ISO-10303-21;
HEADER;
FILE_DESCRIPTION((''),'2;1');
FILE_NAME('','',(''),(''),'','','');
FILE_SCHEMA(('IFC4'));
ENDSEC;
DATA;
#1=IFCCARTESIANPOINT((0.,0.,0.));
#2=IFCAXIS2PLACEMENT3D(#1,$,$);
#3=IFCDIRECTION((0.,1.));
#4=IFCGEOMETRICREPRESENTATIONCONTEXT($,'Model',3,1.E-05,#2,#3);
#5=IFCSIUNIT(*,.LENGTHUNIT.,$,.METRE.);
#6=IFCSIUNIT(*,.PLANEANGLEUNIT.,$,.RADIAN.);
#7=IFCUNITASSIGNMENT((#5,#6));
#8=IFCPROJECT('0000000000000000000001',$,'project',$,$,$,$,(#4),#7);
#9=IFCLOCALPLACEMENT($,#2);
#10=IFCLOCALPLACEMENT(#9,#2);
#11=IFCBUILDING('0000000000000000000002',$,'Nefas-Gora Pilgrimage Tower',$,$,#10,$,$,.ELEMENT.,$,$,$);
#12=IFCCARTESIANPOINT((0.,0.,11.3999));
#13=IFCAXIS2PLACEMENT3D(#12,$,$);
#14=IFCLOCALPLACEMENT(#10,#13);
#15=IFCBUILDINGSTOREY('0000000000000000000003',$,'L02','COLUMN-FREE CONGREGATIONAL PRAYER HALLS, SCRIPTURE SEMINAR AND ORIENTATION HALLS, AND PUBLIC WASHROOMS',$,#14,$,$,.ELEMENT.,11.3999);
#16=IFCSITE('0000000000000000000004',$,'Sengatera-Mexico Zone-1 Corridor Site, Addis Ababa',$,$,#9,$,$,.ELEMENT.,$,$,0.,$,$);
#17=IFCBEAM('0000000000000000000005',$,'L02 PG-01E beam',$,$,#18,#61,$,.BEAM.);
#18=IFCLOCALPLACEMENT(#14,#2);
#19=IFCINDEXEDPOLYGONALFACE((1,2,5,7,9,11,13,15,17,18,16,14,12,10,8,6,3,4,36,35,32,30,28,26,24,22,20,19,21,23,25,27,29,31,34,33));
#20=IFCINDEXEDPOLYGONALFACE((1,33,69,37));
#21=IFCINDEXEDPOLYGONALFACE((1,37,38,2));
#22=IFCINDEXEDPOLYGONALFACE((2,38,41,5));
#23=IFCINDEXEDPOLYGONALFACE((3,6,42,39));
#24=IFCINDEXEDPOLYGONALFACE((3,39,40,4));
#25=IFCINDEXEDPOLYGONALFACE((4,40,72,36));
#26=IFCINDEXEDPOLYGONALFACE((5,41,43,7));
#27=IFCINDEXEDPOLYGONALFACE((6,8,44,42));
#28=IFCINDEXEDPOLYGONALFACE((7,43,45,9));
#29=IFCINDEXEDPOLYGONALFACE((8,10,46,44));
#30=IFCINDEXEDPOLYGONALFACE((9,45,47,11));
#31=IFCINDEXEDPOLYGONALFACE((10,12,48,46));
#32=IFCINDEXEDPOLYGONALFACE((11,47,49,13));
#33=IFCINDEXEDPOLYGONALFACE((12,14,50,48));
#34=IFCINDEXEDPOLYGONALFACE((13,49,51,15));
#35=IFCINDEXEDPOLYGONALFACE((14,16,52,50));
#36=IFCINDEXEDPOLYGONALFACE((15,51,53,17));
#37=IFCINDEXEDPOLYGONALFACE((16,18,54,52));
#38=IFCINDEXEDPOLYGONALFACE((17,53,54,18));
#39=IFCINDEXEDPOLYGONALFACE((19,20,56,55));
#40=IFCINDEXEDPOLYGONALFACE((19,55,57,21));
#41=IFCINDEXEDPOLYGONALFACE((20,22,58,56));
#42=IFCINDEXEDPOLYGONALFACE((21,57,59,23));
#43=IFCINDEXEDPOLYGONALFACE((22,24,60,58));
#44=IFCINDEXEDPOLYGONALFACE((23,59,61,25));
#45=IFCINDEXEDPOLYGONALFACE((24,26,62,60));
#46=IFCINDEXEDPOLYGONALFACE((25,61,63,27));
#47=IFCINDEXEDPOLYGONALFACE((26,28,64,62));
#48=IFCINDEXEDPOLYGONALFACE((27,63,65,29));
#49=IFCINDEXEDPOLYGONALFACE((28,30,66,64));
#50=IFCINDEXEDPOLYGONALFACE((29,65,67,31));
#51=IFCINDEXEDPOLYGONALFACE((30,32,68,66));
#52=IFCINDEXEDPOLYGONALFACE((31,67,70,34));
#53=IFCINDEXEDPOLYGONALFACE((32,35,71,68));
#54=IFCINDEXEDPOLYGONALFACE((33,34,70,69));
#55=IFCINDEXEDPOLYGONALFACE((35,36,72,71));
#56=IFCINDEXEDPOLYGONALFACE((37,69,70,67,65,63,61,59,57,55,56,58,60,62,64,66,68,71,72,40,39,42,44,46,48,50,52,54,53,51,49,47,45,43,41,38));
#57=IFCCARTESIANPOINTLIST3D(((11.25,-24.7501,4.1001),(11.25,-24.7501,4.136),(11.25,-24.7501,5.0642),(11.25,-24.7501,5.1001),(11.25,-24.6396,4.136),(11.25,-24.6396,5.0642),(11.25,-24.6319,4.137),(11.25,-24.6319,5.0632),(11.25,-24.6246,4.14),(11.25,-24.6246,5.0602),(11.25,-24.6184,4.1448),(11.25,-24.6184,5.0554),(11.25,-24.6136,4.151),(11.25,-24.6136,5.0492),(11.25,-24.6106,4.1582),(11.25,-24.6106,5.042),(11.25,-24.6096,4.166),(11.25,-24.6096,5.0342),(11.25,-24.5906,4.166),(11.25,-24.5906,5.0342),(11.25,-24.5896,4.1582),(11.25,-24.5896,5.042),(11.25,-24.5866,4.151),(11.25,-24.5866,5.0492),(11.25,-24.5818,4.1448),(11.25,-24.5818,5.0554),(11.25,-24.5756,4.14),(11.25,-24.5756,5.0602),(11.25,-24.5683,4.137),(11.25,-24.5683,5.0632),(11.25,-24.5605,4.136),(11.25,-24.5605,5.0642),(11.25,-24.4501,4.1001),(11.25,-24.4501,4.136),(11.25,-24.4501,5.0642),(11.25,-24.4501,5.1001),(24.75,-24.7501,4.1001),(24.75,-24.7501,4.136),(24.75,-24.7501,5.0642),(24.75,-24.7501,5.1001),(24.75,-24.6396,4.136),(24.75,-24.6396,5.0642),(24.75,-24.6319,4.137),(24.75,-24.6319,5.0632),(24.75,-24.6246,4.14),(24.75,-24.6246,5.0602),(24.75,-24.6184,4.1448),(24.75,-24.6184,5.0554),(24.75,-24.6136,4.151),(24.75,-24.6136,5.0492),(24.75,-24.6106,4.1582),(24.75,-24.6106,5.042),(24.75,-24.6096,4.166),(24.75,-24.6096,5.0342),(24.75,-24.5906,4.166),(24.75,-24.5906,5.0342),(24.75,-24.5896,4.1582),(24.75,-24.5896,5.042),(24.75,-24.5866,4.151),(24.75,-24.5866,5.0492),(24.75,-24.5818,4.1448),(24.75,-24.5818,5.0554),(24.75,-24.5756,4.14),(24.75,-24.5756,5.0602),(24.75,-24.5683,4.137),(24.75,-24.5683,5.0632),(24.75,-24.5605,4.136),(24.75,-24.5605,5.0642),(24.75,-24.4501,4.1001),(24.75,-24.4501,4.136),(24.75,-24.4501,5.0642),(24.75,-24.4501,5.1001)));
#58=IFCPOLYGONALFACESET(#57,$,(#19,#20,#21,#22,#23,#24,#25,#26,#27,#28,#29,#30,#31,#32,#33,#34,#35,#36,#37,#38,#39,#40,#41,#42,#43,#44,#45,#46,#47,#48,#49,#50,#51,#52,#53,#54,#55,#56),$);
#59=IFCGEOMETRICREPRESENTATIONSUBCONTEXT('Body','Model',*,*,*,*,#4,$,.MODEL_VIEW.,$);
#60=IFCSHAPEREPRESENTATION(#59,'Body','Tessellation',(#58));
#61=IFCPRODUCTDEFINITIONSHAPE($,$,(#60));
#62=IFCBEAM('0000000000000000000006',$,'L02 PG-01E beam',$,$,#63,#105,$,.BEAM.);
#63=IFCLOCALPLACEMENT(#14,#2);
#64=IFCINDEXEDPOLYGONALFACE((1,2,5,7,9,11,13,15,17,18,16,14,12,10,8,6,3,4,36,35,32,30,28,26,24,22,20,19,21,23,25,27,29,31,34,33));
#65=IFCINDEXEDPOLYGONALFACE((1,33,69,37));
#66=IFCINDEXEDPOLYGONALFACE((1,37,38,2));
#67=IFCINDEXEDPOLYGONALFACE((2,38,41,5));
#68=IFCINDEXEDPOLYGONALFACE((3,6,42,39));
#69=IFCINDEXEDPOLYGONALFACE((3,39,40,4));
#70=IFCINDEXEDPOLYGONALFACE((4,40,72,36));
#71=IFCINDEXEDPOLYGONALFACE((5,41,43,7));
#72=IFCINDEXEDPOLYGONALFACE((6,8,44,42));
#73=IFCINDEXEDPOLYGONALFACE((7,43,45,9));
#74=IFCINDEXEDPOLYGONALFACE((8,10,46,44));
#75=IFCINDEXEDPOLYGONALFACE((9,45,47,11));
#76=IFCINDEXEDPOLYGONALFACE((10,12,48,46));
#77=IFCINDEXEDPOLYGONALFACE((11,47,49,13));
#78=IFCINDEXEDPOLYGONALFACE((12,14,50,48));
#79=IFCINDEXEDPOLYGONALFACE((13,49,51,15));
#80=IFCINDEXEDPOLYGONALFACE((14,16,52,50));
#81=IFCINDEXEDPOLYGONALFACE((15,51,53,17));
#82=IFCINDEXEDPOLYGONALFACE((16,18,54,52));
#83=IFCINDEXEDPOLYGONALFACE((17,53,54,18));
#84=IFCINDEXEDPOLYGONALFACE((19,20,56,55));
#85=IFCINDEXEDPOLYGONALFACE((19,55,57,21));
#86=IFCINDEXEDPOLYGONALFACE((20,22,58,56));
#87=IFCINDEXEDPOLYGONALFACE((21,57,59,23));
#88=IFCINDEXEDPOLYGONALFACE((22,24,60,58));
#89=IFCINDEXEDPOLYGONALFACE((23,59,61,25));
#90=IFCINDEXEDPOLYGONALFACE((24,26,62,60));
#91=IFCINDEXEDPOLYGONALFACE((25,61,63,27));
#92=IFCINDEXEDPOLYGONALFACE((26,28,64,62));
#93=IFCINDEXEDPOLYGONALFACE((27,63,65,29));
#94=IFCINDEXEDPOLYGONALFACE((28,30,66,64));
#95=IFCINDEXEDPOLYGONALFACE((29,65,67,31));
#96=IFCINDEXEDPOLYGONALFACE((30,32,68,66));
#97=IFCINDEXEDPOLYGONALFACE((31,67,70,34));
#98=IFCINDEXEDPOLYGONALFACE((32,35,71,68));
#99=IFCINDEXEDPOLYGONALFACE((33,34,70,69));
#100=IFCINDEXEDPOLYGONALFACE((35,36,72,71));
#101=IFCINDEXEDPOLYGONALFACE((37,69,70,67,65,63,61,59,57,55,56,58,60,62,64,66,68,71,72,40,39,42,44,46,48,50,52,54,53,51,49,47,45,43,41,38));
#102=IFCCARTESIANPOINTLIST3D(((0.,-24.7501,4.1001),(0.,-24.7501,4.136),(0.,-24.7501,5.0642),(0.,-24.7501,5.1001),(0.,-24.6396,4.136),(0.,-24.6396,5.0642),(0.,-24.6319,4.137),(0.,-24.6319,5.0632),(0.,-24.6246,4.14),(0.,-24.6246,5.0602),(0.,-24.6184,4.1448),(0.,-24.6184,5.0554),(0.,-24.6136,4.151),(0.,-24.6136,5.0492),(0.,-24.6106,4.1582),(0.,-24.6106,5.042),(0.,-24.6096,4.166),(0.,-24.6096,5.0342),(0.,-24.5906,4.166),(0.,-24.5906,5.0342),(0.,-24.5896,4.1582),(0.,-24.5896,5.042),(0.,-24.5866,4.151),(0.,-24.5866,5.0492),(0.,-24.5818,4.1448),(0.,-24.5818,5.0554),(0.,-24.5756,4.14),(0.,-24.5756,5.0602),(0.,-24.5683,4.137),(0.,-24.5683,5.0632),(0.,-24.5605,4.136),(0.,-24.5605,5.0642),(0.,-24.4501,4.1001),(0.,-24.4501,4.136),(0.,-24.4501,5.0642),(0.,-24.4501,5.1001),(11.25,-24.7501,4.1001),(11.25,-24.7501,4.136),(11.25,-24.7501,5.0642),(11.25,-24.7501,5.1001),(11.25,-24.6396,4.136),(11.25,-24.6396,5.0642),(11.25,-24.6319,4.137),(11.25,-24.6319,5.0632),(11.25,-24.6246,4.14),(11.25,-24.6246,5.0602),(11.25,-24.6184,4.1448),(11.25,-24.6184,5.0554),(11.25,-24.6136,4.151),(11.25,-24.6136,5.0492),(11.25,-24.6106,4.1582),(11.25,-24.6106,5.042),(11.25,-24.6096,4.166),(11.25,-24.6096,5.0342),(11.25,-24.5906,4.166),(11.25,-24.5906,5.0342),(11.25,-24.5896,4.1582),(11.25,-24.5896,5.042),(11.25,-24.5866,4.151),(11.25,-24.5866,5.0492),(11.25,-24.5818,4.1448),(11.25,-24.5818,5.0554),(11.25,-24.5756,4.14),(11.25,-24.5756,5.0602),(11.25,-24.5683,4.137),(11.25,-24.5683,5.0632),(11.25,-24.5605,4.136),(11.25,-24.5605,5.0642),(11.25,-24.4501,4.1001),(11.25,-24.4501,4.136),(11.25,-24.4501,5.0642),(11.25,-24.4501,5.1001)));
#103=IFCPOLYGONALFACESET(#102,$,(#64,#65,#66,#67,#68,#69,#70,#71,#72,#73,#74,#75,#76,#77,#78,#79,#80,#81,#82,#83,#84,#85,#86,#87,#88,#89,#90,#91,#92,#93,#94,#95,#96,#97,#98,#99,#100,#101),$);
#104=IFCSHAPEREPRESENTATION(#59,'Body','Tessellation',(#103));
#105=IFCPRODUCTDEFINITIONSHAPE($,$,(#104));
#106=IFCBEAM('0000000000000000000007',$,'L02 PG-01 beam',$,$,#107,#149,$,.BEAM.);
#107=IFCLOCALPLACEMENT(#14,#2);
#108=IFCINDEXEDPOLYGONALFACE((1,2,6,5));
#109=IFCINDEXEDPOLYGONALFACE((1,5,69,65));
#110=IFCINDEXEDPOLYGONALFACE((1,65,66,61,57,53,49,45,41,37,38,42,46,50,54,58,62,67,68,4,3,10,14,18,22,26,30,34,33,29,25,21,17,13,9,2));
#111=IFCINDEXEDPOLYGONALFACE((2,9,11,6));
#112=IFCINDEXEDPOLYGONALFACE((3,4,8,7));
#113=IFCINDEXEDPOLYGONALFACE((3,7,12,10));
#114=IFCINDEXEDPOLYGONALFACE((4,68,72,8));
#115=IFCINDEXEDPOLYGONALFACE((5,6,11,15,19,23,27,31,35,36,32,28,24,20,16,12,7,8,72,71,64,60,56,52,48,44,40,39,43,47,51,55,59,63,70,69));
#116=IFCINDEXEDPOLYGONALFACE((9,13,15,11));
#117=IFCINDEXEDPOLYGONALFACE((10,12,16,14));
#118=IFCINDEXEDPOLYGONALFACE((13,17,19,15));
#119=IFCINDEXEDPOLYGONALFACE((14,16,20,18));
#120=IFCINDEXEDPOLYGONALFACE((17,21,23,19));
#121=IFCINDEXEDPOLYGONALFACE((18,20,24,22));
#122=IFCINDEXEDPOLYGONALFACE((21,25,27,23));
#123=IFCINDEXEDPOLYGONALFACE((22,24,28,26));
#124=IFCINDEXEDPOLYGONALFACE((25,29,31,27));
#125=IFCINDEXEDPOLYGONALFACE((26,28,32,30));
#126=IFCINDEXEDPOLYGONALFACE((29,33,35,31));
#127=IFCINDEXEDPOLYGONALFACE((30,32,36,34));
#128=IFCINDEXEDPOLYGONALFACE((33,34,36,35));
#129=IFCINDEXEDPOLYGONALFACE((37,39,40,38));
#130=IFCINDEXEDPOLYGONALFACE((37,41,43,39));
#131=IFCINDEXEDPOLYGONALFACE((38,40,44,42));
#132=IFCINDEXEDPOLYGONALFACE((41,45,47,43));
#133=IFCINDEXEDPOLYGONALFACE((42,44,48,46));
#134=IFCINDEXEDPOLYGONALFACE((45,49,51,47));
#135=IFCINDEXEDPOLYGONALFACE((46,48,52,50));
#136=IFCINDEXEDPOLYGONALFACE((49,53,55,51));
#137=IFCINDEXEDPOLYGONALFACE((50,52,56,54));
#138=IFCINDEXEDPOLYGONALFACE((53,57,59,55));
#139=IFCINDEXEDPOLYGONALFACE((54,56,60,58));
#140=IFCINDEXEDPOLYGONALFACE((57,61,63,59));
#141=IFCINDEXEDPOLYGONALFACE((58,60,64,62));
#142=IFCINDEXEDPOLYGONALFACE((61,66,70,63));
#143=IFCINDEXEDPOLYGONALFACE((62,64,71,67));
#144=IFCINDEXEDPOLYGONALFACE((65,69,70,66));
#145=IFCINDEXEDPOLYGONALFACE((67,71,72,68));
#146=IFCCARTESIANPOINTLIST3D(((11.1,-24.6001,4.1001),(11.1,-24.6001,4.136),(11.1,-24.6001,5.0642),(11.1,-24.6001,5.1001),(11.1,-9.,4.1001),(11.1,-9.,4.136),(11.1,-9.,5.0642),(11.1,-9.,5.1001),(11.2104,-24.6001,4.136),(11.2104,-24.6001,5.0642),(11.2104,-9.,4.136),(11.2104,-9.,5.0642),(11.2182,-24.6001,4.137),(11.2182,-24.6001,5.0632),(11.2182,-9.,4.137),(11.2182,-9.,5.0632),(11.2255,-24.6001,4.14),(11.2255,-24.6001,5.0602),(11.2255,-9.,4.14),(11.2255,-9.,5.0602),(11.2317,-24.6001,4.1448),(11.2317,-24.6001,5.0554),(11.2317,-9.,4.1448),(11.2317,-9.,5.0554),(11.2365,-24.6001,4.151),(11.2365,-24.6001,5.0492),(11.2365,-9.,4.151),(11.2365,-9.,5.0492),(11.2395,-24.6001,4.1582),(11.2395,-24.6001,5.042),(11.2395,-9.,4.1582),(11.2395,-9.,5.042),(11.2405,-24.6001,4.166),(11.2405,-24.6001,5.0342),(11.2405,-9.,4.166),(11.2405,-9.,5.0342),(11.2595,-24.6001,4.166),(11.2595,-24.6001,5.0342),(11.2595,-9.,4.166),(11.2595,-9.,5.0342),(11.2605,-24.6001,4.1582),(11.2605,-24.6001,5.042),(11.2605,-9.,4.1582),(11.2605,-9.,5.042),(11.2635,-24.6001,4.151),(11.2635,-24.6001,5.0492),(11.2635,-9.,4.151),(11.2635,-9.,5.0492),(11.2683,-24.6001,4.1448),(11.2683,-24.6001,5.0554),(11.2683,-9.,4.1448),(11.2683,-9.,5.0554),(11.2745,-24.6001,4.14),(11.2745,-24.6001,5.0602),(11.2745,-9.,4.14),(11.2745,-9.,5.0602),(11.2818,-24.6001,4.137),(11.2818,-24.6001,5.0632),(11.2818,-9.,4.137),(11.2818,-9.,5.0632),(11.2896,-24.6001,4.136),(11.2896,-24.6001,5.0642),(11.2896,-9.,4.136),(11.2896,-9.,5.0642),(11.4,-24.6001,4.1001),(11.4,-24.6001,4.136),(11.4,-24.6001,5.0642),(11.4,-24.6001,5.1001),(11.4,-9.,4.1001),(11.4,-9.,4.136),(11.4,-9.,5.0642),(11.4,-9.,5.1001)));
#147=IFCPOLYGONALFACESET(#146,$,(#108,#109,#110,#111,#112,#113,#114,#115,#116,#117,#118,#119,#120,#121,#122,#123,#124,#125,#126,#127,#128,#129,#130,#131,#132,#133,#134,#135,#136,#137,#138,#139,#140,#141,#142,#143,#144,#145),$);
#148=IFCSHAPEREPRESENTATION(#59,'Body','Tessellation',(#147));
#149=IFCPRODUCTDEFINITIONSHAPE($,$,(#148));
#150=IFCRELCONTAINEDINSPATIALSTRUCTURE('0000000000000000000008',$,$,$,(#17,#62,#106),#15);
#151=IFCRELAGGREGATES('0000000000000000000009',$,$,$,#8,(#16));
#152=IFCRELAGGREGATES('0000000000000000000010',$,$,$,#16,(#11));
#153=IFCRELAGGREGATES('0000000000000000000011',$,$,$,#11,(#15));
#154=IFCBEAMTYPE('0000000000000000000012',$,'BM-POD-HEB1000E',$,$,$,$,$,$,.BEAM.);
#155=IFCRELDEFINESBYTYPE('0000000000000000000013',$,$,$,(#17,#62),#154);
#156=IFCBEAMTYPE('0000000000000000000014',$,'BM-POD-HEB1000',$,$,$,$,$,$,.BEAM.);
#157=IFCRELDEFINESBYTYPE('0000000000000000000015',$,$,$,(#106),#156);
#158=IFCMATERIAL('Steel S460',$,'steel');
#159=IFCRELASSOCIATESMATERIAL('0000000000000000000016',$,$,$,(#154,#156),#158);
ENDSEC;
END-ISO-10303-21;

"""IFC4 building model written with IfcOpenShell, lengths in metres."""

from ifc_helpers import new_model, si_unit, direction, frame, origin, origin_2d, place, context, subcontext, project, spatial, i_section, extrude, source, transform, mapped, material, material_profile, profile_set, type_object, element, save


model = new_model("IFC4")

# Units and contexts
model_context = context("Model", 3, precision=1e-05, world=origin(), true_north=direction((0.0, 1.0)))
body_context = subcontext(model_context, "Body", "Model", "MODEL_VIEW")
ifc_project = project(units=[si_unit("LENGTHUNIT", "METRE"), si_unit("PLANEANGLEUNIT", "RADIAN")], contexts=[model_context])

# Site, building, storey
site_placement = place(None, origin())
site = spatial("IfcSite", under=ifc_project, at=site_placement, Name="Sengatera-Mexico Zone-1 Corridor Site, Addis Ababa", CompositionType="ELEMENT", RefElevation=0.0)
building_placement = place(site_placement, origin())
building = spatial("IfcBuilding", under=site, at=building_placement, Name="Nefas-Gora Pilgrimage Tower", CompositionType="ELEMENT")
storey_placement = place(building_placement, frame((0.0, 0.0, 11.3999)))
storey = spatial("IfcBuildingStorey", under=building, at=storey_placement, Name="L02", Description="COLUMN-FREE CONGREGATIONAL PRAYER HALLS, SCRIPTURE SEMINAR AND ORIENTATION HALLS, AND PUBLIC WASHROOMS", CompositionType="ELEMENT", Elevation=11.3999)

# Shared definitions
ifc_material_1 = material(Name="Steel S460", Category="steel")

# Beams
ifc_material_profile_1 = material_profile(ifc_material_1, i_section(OverallWidth=0.3, OverallDepth=1.0, WebThickness=0.019, FlangeThickness=0.0359, FilletRadius=0.03, at=origin_2d()), Name="HEB 1000")
ifc_profile_set_1 = profile_set([ifc_material_profile_1], Name="Steel S460")
beam_type_1 = type_object("IfcBeamType", Name="BM-POD-HEB1000E", PredefinedType="BEAM", material=ifc_profile_set_1)
shared_shape_1 = source(origin(), body_context, "Body", "SweptSolid", [
    extrude(i_section(OverallWidth=0.3, OverallDepth=1.0, WebThickness=0.019, FlangeThickness=0.0359, FilletRadius=0.03, at=origin_2d()), origin(), (0.0, 0.0, 1.0), 13.5),
])
beam_1_placement = place(storey_placement, frame((11.25, -24.6001, 4.6001), z_axis=(1.0, 0.0, 0.0), x_axis=(0.0, 1.0, 0.0)))
element("IfcBeam", 1, at=beam_1_placement, inside=storey, type_object=beam_type_1, Name="L02 PG-01E beam", PredefinedType="BEAM", context=body_context, shape_type="MappedRepresentation", body=[
    mapped(shared_shape_1, transform((0.0, 0.0, 0.0), x_axis=(1.0, 0.0, 0.0), y_axis=(0.0, 1.0, 0.0), z_axis=(0.0, 0.0, 1.0), scale=1.0)),
])
shared_shape_2 = source(origin(), body_context, "Body", "SweptSolid", [
    extrude(i_section(OverallWidth=0.3, OverallDepth=1.0, WebThickness=0.019, FlangeThickness=0.0359, FilletRadius=0.03, at=origin_2d()), origin(), (0.0, 0.0, 1.0), 11.25),
])
beam_2_placement = place(storey_placement, frame((0.0, -24.6001, 4.6001), z_axis=(1.0, 0.0, 0.0), x_axis=(0.0, 1.0, 0.0)))
element("IfcBeam", 2, at=beam_2_placement, inside=storey, type_object=beam_type_1, Name="L02 PG-01E beam", PredefinedType="BEAM", context=body_context, shape_type="MappedRepresentation", body=[
    mapped(shared_shape_2, transform((0.0, 0.0, 0.0), x_axis=(1.0, 0.0, 0.0), y_axis=(0.0, 1.0, 0.0), z_axis=(0.0, 0.0, 1.0), scale=1.0)),
])
ifc_material_profile_2 = material_profile(ifc_material_1, i_section(OverallWidth=0.3, OverallDepth=1.0, WebThickness=0.019, FlangeThickness=0.0359, FilletRadius=0.03, at=origin_2d()), Name="HEB 1000")
ifc_profile_set_2 = profile_set([ifc_material_profile_2], Name="Steel S460")
beam_type_2 = type_object("IfcBeamType", Name="BM-POD-HEB1000", PredefinedType="BEAM", material=ifc_profile_set_2)
shared_shape_3 = source(origin(), body_context, "Body", "SweptSolid", [
    extrude(i_section(OverallWidth=0.3, OverallDepth=1.0, WebThickness=0.019, FlangeThickness=0.0359, FilletRadius=0.03, at=origin_2d()), origin(), (0.0, 0.0, 1.0), 15.6001),
])
beam_3_placement = place(storey_placement, frame((11.25, -24.6001, 4.6001), z_axis=(0.0, 1.0, 0.0), x_axis=(-1.0, 0.0, 0.0)))
element("IfcBeam", 3, at=beam_3_placement, inside=storey, type_object=beam_type_2, Name="L02 PG-01 beam", PredefinedType="BEAM", context=body_context, shape_type="MappedRepresentation", body=[
    mapped(shared_shape_3, transform((0.0, 0.0, 0.0), x_axis=(1.0, 0.0, 0.0), y_axis=(0.0, 1.0, 0.0), z_axis=(0.0, 0.0, 1.0), scale=1.0)),
])

save(model, "model.ifc")
